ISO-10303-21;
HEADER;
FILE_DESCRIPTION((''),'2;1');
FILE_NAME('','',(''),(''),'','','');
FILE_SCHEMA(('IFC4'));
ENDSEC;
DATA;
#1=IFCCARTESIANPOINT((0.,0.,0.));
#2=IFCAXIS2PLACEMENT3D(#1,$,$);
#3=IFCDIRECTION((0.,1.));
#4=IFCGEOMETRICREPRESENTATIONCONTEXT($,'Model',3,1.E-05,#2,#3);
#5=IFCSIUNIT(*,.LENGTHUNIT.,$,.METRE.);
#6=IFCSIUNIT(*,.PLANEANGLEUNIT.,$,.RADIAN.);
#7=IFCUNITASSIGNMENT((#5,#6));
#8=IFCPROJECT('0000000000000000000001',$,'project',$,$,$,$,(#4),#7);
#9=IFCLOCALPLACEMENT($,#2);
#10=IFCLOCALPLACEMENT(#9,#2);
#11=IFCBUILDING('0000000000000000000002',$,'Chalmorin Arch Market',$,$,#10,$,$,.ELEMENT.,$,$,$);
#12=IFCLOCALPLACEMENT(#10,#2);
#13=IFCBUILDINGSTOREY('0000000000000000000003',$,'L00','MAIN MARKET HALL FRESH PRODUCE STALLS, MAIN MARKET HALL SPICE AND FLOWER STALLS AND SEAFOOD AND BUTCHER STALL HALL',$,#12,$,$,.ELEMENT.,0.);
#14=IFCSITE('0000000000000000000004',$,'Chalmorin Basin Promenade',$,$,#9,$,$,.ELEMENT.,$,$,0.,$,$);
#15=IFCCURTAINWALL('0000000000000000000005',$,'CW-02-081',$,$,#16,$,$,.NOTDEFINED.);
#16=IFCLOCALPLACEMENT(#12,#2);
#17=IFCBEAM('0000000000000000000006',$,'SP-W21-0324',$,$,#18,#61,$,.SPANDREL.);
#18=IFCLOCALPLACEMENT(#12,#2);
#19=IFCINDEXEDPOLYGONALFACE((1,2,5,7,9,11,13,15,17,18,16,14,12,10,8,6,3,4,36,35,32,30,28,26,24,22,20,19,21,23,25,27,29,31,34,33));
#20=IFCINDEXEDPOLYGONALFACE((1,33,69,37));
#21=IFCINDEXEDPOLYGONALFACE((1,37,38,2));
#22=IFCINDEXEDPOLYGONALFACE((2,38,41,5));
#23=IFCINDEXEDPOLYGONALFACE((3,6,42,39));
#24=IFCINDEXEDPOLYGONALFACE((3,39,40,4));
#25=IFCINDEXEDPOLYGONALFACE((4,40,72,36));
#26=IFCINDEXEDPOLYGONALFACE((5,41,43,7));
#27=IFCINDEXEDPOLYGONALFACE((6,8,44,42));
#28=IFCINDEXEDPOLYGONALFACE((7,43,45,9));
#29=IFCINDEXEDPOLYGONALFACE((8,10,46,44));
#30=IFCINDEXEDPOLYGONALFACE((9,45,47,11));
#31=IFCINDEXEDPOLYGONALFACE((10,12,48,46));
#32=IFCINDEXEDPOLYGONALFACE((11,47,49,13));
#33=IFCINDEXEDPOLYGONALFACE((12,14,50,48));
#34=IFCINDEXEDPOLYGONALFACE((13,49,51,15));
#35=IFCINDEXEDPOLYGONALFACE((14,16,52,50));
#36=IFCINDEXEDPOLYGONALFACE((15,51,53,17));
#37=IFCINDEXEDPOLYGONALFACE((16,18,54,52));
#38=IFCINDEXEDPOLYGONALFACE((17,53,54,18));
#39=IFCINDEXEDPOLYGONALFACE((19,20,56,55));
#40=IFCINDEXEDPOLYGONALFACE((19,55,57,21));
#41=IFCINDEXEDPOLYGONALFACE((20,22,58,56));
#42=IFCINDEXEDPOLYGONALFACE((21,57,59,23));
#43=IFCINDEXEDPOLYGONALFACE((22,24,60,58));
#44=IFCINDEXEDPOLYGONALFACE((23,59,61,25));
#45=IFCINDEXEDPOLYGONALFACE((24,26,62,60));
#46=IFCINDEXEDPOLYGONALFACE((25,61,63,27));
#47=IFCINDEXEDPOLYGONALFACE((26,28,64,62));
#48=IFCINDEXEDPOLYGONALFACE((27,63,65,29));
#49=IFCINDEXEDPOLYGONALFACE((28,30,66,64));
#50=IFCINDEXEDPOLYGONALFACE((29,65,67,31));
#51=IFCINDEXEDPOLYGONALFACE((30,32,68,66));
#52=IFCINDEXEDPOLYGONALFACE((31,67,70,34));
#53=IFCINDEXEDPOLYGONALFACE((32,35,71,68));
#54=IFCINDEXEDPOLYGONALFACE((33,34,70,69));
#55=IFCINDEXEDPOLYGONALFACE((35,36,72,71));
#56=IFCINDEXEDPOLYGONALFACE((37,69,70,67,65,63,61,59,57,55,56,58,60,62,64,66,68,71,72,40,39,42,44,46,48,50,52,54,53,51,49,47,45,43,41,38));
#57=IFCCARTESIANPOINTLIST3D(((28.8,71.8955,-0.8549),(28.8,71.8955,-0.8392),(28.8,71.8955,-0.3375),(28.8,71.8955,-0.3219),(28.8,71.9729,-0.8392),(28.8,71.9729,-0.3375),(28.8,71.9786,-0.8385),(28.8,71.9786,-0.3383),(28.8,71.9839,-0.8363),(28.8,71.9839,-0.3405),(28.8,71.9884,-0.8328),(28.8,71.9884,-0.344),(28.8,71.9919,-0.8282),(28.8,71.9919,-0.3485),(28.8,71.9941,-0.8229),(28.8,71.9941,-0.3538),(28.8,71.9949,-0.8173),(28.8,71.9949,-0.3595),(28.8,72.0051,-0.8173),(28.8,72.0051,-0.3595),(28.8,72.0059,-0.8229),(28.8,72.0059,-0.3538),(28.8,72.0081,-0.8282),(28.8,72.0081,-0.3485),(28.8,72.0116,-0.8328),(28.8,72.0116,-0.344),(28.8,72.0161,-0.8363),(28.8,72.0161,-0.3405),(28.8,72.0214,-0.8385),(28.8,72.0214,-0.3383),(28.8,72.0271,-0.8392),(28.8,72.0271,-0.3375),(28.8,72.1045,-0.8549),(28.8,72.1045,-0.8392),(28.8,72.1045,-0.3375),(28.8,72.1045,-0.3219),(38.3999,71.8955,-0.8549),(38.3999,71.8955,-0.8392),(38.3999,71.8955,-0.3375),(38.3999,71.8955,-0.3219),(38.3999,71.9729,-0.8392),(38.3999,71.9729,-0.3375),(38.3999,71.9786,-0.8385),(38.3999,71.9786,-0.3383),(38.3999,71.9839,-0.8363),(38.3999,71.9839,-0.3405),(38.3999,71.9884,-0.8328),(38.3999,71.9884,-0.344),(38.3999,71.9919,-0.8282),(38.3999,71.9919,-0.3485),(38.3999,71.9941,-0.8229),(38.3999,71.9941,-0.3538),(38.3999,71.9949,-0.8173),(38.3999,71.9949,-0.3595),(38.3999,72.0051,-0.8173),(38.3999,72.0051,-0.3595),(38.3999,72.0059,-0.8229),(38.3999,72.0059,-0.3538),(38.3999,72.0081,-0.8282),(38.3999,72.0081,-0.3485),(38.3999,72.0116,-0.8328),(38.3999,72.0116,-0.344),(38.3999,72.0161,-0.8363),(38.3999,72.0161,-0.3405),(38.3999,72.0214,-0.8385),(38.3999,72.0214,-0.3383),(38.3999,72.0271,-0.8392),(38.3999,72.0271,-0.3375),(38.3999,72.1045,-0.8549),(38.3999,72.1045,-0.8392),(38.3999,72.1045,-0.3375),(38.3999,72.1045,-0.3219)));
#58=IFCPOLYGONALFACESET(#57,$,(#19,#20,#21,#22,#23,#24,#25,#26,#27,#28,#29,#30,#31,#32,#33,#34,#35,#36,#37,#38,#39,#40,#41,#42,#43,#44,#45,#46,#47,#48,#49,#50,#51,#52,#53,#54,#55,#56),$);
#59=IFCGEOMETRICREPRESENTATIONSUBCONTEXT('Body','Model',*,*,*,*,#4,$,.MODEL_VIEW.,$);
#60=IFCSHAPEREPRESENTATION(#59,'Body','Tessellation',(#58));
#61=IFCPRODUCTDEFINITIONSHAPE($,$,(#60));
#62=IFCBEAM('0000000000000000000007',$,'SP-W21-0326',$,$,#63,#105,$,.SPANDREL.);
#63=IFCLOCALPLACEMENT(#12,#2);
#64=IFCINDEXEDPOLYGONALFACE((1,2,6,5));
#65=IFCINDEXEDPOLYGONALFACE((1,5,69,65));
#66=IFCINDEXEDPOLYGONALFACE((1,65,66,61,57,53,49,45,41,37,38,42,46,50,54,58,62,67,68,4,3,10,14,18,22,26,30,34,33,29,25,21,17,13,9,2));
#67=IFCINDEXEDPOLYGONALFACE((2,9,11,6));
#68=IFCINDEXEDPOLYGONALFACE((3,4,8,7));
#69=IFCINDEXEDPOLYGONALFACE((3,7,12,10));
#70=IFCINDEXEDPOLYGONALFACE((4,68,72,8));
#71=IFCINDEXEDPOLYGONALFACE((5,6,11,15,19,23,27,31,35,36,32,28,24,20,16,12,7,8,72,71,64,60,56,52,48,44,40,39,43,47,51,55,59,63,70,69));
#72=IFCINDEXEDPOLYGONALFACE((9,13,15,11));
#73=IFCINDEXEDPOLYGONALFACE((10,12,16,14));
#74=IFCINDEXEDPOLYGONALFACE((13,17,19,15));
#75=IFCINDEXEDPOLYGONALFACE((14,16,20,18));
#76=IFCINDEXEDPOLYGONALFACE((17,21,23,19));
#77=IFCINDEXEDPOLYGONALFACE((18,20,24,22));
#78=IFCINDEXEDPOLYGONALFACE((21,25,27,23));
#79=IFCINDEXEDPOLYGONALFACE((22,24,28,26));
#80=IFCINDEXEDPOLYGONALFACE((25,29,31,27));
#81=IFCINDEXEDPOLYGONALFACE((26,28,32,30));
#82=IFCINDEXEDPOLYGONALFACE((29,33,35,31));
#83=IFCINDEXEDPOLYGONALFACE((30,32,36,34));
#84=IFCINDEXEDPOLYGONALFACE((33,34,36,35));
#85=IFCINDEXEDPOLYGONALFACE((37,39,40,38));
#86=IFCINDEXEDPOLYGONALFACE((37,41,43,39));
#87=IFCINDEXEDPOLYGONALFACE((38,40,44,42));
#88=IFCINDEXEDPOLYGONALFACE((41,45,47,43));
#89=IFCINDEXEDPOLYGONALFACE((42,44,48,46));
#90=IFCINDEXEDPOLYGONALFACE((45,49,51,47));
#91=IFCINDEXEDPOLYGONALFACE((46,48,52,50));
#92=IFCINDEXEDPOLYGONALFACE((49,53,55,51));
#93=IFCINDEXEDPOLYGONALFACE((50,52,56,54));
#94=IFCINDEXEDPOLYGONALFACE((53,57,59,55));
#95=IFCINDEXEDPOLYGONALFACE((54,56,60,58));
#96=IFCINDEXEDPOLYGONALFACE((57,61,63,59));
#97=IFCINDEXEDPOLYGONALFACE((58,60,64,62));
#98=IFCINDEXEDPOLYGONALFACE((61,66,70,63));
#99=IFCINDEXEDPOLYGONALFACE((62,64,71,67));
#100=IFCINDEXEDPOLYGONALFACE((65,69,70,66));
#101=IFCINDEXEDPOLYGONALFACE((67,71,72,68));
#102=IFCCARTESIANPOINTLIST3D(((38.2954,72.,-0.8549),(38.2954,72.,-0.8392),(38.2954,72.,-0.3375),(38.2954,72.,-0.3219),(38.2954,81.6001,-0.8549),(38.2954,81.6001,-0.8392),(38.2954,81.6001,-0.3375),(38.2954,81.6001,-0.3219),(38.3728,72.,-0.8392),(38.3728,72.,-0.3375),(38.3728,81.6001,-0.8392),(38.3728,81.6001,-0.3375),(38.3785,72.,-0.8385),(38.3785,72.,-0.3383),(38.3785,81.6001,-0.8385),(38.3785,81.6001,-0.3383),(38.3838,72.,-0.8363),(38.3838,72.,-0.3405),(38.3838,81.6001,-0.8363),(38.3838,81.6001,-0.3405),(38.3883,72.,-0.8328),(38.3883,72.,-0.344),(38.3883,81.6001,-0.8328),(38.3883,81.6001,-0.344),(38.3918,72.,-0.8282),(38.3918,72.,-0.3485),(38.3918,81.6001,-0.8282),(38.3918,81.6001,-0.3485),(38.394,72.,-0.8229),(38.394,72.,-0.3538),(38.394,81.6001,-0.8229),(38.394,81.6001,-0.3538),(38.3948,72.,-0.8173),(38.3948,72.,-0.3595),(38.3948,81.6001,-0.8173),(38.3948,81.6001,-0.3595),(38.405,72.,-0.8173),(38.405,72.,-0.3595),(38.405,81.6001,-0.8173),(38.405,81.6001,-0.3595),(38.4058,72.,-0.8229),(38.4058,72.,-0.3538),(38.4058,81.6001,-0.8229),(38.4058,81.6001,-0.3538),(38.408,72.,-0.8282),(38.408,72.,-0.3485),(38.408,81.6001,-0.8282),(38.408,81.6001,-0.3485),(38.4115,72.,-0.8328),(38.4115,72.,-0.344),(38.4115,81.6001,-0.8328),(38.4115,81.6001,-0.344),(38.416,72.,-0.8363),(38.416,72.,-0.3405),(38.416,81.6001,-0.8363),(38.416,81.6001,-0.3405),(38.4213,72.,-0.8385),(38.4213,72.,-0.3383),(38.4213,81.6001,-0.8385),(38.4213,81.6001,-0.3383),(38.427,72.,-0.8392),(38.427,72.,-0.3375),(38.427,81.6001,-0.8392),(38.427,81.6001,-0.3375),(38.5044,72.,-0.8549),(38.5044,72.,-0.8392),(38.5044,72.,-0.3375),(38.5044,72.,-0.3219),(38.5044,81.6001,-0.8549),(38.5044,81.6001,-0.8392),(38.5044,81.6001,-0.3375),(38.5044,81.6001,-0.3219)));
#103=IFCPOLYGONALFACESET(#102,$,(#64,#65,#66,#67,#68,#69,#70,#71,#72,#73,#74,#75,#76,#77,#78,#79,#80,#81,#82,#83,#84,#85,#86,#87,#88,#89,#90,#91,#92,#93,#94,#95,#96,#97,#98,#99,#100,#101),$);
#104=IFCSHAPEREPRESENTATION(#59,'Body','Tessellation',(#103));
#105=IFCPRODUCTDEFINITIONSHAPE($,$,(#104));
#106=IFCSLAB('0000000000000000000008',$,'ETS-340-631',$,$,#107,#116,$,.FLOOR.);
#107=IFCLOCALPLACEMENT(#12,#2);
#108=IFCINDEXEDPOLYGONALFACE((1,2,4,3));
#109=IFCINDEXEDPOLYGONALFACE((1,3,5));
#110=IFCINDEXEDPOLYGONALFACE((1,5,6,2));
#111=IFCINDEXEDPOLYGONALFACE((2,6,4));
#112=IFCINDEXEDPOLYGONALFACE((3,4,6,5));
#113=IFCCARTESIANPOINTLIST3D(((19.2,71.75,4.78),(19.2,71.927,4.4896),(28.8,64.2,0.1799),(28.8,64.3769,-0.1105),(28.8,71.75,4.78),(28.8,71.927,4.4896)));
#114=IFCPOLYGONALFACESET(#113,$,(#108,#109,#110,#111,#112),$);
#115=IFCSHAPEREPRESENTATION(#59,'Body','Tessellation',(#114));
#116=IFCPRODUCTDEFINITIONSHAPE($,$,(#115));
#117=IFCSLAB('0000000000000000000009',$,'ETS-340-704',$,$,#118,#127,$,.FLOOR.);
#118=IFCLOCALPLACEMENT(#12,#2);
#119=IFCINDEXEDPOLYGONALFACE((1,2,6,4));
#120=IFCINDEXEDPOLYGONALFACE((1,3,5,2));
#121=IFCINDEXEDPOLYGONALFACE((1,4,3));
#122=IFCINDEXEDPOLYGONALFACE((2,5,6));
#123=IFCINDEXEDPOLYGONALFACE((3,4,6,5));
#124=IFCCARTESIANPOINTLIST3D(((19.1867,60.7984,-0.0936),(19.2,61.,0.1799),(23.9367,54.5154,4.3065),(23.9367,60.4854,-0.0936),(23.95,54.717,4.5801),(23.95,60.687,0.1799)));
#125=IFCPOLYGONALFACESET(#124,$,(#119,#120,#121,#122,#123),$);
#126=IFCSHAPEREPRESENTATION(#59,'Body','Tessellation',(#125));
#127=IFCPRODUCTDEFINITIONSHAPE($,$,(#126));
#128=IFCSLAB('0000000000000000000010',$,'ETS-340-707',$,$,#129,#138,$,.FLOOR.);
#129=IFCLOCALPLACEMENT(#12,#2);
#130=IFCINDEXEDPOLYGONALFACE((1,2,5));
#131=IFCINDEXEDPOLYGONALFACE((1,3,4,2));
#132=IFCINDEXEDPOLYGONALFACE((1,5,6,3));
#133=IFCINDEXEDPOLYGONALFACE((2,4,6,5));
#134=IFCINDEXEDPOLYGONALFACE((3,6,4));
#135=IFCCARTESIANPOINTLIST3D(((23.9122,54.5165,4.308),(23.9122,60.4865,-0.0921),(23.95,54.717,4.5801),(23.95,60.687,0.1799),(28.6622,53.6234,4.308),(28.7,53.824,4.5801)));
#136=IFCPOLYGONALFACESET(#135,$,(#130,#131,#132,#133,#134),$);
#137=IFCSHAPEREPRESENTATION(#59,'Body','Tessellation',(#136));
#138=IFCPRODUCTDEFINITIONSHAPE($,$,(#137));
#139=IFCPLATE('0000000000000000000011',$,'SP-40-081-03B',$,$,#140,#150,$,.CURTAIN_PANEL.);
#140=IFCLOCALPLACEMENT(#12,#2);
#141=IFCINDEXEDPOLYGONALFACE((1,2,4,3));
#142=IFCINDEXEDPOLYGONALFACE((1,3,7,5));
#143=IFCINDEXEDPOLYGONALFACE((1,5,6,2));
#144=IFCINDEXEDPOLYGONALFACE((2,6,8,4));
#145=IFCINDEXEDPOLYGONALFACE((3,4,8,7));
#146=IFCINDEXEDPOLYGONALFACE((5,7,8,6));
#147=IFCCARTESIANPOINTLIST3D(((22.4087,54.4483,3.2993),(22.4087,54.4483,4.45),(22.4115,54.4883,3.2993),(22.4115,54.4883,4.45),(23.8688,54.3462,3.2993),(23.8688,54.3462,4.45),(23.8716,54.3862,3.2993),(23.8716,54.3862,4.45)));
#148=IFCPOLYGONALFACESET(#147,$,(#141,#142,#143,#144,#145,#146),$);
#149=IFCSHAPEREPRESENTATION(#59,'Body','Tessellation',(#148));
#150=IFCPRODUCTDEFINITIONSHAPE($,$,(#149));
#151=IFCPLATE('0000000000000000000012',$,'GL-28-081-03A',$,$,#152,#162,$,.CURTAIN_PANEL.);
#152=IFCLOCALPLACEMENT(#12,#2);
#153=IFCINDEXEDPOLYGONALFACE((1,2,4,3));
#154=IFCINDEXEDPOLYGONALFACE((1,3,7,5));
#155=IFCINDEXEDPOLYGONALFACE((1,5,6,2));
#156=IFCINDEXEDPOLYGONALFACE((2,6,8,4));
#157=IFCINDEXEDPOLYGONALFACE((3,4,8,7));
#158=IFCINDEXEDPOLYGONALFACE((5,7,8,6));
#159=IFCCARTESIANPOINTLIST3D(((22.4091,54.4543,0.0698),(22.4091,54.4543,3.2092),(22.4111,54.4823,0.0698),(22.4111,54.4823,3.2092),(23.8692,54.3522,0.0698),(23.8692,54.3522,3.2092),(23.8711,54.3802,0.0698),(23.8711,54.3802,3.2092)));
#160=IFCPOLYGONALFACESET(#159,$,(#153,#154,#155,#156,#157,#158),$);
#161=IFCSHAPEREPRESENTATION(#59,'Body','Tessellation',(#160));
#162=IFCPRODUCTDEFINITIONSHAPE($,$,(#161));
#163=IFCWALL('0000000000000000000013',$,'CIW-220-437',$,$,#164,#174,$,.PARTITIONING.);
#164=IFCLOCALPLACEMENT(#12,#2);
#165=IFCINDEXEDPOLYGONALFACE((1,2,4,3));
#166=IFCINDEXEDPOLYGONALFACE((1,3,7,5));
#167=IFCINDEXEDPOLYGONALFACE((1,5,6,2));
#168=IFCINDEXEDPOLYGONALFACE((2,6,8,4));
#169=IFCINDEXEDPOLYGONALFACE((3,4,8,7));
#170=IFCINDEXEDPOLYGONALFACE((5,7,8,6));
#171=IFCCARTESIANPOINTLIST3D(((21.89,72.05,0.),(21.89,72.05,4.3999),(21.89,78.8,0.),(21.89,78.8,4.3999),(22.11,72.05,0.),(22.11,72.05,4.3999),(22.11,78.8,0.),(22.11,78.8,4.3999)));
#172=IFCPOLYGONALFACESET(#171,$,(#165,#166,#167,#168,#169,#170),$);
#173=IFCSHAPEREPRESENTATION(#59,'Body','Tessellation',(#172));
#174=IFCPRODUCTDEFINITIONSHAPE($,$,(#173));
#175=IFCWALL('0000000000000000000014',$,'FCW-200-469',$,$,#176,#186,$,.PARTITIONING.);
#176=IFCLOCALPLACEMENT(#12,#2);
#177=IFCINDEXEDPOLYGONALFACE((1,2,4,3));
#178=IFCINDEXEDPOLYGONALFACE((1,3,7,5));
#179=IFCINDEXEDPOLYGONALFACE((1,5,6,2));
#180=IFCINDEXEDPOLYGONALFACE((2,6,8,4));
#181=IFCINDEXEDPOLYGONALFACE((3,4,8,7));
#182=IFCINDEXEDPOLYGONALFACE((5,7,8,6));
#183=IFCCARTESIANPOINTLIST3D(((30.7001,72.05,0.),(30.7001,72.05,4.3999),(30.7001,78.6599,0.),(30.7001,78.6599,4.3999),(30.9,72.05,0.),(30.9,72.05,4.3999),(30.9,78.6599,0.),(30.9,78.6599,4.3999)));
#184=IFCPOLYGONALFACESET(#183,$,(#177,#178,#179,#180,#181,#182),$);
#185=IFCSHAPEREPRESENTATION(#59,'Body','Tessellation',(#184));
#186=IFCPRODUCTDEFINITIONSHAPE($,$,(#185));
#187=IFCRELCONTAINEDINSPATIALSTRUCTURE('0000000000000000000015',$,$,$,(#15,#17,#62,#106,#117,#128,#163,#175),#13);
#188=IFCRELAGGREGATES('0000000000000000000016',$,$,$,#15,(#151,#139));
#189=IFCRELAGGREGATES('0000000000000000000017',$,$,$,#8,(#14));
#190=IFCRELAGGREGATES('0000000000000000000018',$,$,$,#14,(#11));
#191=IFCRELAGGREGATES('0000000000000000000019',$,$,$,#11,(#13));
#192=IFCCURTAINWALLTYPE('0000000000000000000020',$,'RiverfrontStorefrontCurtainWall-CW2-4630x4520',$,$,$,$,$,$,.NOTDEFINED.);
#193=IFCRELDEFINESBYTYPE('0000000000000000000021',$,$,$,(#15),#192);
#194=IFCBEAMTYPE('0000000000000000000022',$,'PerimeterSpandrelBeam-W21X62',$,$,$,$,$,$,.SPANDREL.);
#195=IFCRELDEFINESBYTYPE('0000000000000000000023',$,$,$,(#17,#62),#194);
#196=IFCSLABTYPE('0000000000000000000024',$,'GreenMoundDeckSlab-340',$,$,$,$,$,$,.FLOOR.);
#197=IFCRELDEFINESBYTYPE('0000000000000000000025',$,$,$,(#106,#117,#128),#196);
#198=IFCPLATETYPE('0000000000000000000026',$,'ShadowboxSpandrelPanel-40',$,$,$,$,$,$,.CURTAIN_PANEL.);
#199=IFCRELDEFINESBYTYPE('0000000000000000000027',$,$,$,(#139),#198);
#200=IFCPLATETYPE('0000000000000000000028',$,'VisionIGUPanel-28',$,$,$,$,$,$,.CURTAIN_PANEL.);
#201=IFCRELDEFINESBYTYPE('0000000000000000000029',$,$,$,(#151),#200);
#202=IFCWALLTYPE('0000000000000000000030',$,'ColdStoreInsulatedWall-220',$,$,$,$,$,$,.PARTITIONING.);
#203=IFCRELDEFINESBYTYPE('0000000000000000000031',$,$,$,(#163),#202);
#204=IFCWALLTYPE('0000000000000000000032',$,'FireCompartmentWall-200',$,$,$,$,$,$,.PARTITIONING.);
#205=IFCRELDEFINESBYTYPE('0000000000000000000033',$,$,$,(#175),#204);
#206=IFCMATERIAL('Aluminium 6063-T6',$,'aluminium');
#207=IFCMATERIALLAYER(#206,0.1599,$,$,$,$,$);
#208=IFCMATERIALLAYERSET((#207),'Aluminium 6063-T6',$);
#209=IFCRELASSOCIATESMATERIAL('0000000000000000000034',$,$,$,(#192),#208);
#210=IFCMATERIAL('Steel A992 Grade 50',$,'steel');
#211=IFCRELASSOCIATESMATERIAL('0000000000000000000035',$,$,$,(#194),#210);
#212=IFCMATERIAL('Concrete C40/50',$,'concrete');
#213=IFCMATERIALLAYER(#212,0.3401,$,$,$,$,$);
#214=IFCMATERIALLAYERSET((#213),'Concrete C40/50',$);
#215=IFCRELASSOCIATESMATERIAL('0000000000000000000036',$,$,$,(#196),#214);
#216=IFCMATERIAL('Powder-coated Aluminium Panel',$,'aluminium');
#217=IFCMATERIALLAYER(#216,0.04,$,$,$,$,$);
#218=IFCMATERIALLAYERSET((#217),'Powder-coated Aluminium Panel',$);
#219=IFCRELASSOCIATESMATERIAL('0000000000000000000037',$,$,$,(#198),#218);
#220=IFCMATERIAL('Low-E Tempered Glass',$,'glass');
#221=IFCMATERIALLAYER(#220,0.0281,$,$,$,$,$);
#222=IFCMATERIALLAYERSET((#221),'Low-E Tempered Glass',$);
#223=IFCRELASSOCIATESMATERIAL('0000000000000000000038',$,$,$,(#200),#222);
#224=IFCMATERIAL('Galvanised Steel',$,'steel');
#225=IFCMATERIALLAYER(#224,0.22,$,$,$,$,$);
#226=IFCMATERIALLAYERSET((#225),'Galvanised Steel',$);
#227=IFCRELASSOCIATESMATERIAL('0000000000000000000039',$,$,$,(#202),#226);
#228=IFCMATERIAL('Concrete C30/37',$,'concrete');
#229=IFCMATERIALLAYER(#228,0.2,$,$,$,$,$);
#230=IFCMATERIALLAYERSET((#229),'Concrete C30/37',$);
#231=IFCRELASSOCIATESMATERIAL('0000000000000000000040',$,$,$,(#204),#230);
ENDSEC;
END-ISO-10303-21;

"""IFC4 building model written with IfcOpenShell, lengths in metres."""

from ifc_helpers import new_model, si_unit, direction, frame, frame_2d, origin, origin_2d, place, context, subcontext, project, spatial, polyline, rectangle, i_section, outline, extrude, material, layer, layer_set, material_profile, profile_set, type_object, element, aggregate, save


model = new_model("IFC4")

# Units and contexts
model_context = context("Model", 3, precision=1e-05, world=origin(), true_north=direction((0.0, 1.0)))
body_context = subcontext(model_context, "Body", "Model", "MODEL_VIEW")
ifc_project = project(units=[si_unit("LENGTHUNIT", "METRE"), si_unit("PLANEANGLEUNIT", "RADIAN")], contexts=[model_context])

# Site, building, storey
site_placement = place(None, origin())
site = spatial("IfcSite", under=ifc_project, at=site_placement, Name="Chalmorin Basin Promenade", CompositionType="ELEMENT", RefElevation=0.0)
building_placement = place(site_placement, origin())
building = spatial("IfcBuilding", under=site, at=building_placement, Name="Chalmorin Arch Market", CompositionType="ELEMENT")
storey_placement = place(building_placement, origin())
storey = spatial("IfcBuildingStorey", under=building, at=storey_placement, Name="L00", Description="MAIN MARKET HALL FRESH PRODUCE STALLS, MAIN MARKET HALL SPICE AND FLOWER STALLS AND SEAFOOD AND BUTCHER STALL HALL", CompositionType="ELEMENT", Elevation=0.0)

# Shared definitions
ifc_material_1 = material(Name="Concrete C40/50", Category="concrete")

# Curtain wall
ifc_material_2 = material(Name="Aluminium 6063-T6", Category="aluminium")
ifc_layer_1 = layer(ifc_material_2, 0.1599)
ifc_layer_set_1 = layer_set([ifc_layer_1], Name="Aluminium 6063-T6")
curtain_wall_type = type_object("IfcCurtainWallType", Name="RiverfrontStorefrontCurtainWall-CW2-4630x4520", PredefinedType="NOTDEFINED", material=ifc_layer_set_1)
curtain_wall_placement = place(storey_placement, origin())
curtain_wall = element("IfcCurtainWall", 1, at=curtain_wall_placement, inside=storey, type_object=curtain_wall_type, Name="CW-02-081", PredefinedType="NOTDEFINED")

# Beams
ifc_material_3 = material(Name="Steel A992 Grade 50", Category="steel")
ifc_material_profile_1 = material_profile(ifc_material_3, i_section(OverallWidth=0.209, OverallDepth=0.533, WebThickness=0.0103, FlangeThickness=0.0156, FilletRadius=0.022, at=origin_2d()), Name="W21X62")
ifc_profile_set_1 = profile_set([ifc_material_profile_1], Name="Steel A992 Grade 50")
beam_type_1 = type_object("IfcBeamType", Name="PerimeterSpandrelBeam-W21X62", PredefinedType="SPANDREL", material=ifc_profile_set_1)
beam_1_placement = place(storey_placement, frame((28.8, 72.0, -0.5884), z_axis=(1.0, 0.0, 0.0), x_axis=(0.0, 1.0, 0.0)))
element("IfcBeam", 2, at=beam_1_placement, inside=storey, type_object=beam_type_1, Name="SP-W21-0324", PredefinedType="SPANDREL", context=body_context, shape_type="SweptSolid", body=[
    extrude(i_section(OverallWidth=0.209, OverallDepth=0.533, WebThickness=0.0103, FlangeThickness=0.0156, FilletRadius=0.022, at=origin_2d()), origin(), (0.0, 0.0, 1.0), 9.5999),
])
beam_2_placement = place(storey_placement, frame((38.3999, 72.0, -0.5884), z_axis=(0.0, 1.0, 0.0), x_axis=(-1.0, 0.0, 0.0)))
element("IfcBeam", 3, at=beam_2_placement, inside=storey, type_object=beam_type_1, Name="SP-W21-0326", PredefinedType="SPANDREL", context=body_context, shape_type="SweptSolid", body=[
    extrude(i_section(OverallWidth=0.209, OverallDepth=0.533, WebThickness=0.0103, FlangeThickness=0.0156, FilletRadius=0.022, at=origin_2d()), origin(), (0.0, 0.0, 1.0), 9.6001),
])

# Slabs
ifc_layer_2 = layer(ifc_material_1, 0.3401)
ifc_layer_set_2 = layer_set([ifc_layer_2], Name="Concrete C40/50")
slab_type = type_object("IfcSlabType", Name="GreenMoundDeckSlab-340", PredefinedType="FLOOR", material=ifc_layer_set_2)
slab_1_placement = place(storey_placement, frame((28.8, 71.75, 4.78), z_axis=(0.0, -0.520311, 0.853977), x_axis=(-1.0, 0.0, 0.0)))
element("IfcSlab", 4, at=slab_1_placement, inside=storey, type_object=slab_type, Name="ETS-340-631", PredefinedType="FLOOR", context=body_context, shape_type="SweptSolid", body=[
    extrude(outline(polyline([(0.0, 0.0), (9.6001, 0.0), (0.0, 8.841), (0.0, 0.0)])), origin(), (0.0, 0.0, -1.0), 0.3401),
])
slab_2_placement = place(storey_placement, frame((23.95, 54.717, 4.5801), z_axis=(0.039064, 0.592853, 0.804363), x_axis=(0.0, 0.804977, -0.593306)))
element("IfcSlab", 5, at=slab_2_placement, inside=storey, type_object=slab_type, Name="ETS-340-704", PredefinedType="FLOOR", context=body_context, shape_type="SweptSolid", body=[
    extrude(outline(polyline([(0.0, 0.0), (7.4163, 0.0), (7.6683, 4.7536), (0.0, 0.0)])), origin(), (0.0, 0.0, -1.0), 0.3401),
])
slab_3_placement = place(storey_placement, frame((23.95, 54.717, 4.5801), z_axis=(0.110862, 0.589648, 0.800015), x_axis=(0.982781, -0.184776, 0.0)))
element("IfcSlab", 6, at=slab_3_placement, inside=storey, type_object=slab_type, Name="ETS-340-707", PredefinedType="FLOOR", context=body_context, shape_type="SweptSolid", body=[
    extrude(outline(polyline([(0.0, 0.0), (4.8332, 0.0), (-1.1031, 7.3338), (0.0, 0.0)])), origin(), (0.0, 0.0, -1.0), 0.3401),
])

# Plates
ifc_material_4 = material(Name="Powder-coated Aluminium Panel", Category="aluminium")
ifc_layer_3 = layer(ifc_material_4, 0.04)
ifc_layer_set_3 = layer_set([ifc_layer_3], Name="Powder-coated Aluminium Panel")
plate_type_1 = type_object("IfcPlateType", Name="ShadowboxSpandrelPanel-40", PredefinedType="CURTAIN_PANEL", material=ifc_layer_set_3)
plate_1_placement = place(storey_placement, frame((23.1401, 54.4172, 3.2993), z_axis=(0.0, 0.0, 1.0), x_axis=(0.997564, -0.069756, 0.0)))
plate_1 = element("IfcPlate", 7, at=plate_1_placement, type_object=plate_type_1, Name="SP-40-081-03B", PredefinedType="CURTAIN_PANEL", context=body_context, shape_type="SweptSolid", body=[
    extrude(rectangle(XDim=1.4636, YDim=0.04, at=origin_2d()), origin(), (0.0, 0.0, 1.0), 1.1506),
])
ifc_material_5 = material(Name="Low-E Tempered Glass", Category="glass")
ifc_layer_4 = layer(ifc_material_5, 0.0281)
ifc_layer_set_4 = layer_set([ifc_layer_4], Name="Low-E Tempered Glass")
plate_type_2 = type_object("IfcPlateType", Name="VisionIGUPanel-28", PredefinedType="CURTAIN_PANEL", material=ifc_layer_set_4)
plate_2_placement = place(storey_placement, frame((23.1401, 54.4172, 0.0698), z_axis=(0.0, 0.0, 1.0), x_axis=(0.997564, -0.069756, 0.0)))
plate_2 = element("IfcPlate", 8, at=plate_2_placement, type_object=plate_type_2, Name="GL-28-081-03A", PredefinedType="CURTAIN_PANEL", context=body_context, shape_type="SweptSolid", body=[
    extrude(rectangle(XDim=1.4636, YDim=0.0281, at=origin_2d()), origin(), (0.0, 0.0, 1.0), 3.1394),
])
aggregate(curtain_wall, [plate_2, plate_1])

# Walls
ifc_material_6 = material(Name="Galvanised Steel", Category="steel")
ifc_layer_5 = layer(ifc_material_6, 0.22)
ifc_layer_set_5 = layer_set([ifc_layer_5], Name="Galvanised Steel")
wall_type_1 = type_object("IfcWallType", Name="ColdStoreInsulatedWall-220", PredefinedType="PARTITIONING", material=ifc_layer_set_5)
wall_1_placement = place(storey_placement, frame((22.0, 72.05, 0.0), z_axis=(0.0, 0.0, 1.0), x_axis=(0.0, 1.0, 0.0)))
element("IfcWall", 9, at=wall_1_placement, inside=storey, type_object=wall_type_1, Name="CIW-220-437", PredefinedType="PARTITIONING", context=body_context, shape_type="SweptSolid", body=[
    extrude(rectangle(XDim=6.75, YDim=0.22, at=frame_2d((3.375, 0.0))), origin(), (0.0, 0.0, 1.0), 4.3999),
])
ifc_material_7 = material(Name="Concrete C30/37", Category="concrete")
ifc_layer_6 = layer(ifc_material_7, 0.2)
ifc_layer_set_6 = layer_set([ifc_layer_6], Name="Concrete C30/37")
wall_type_2 = type_object("IfcWallType", Name="FireCompartmentWall-200", PredefinedType="PARTITIONING", material=ifc_layer_set_6)
wall_2_placement = place(storey_placement, frame((30.8, 72.05, 0.0), z_axis=(0.0, 0.0, 1.0), x_axis=(0.0, 1.0, 0.0)))
element("IfcWall", 10, at=wall_2_placement, inside=storey, type_object=wall_type_2, Name="FCW-200-469", PredefinedType="PARTITIONING", context=body_context, shape_type="SweptSolid", body=[
    extrude(rectangle(XDim=6.6099, YDim=0.2, at=frame_2d((3.3049, 0.0))), origin(), (0.0, 0.0, 1.0), 4.3999),
])

save(model, "model.ifc")
